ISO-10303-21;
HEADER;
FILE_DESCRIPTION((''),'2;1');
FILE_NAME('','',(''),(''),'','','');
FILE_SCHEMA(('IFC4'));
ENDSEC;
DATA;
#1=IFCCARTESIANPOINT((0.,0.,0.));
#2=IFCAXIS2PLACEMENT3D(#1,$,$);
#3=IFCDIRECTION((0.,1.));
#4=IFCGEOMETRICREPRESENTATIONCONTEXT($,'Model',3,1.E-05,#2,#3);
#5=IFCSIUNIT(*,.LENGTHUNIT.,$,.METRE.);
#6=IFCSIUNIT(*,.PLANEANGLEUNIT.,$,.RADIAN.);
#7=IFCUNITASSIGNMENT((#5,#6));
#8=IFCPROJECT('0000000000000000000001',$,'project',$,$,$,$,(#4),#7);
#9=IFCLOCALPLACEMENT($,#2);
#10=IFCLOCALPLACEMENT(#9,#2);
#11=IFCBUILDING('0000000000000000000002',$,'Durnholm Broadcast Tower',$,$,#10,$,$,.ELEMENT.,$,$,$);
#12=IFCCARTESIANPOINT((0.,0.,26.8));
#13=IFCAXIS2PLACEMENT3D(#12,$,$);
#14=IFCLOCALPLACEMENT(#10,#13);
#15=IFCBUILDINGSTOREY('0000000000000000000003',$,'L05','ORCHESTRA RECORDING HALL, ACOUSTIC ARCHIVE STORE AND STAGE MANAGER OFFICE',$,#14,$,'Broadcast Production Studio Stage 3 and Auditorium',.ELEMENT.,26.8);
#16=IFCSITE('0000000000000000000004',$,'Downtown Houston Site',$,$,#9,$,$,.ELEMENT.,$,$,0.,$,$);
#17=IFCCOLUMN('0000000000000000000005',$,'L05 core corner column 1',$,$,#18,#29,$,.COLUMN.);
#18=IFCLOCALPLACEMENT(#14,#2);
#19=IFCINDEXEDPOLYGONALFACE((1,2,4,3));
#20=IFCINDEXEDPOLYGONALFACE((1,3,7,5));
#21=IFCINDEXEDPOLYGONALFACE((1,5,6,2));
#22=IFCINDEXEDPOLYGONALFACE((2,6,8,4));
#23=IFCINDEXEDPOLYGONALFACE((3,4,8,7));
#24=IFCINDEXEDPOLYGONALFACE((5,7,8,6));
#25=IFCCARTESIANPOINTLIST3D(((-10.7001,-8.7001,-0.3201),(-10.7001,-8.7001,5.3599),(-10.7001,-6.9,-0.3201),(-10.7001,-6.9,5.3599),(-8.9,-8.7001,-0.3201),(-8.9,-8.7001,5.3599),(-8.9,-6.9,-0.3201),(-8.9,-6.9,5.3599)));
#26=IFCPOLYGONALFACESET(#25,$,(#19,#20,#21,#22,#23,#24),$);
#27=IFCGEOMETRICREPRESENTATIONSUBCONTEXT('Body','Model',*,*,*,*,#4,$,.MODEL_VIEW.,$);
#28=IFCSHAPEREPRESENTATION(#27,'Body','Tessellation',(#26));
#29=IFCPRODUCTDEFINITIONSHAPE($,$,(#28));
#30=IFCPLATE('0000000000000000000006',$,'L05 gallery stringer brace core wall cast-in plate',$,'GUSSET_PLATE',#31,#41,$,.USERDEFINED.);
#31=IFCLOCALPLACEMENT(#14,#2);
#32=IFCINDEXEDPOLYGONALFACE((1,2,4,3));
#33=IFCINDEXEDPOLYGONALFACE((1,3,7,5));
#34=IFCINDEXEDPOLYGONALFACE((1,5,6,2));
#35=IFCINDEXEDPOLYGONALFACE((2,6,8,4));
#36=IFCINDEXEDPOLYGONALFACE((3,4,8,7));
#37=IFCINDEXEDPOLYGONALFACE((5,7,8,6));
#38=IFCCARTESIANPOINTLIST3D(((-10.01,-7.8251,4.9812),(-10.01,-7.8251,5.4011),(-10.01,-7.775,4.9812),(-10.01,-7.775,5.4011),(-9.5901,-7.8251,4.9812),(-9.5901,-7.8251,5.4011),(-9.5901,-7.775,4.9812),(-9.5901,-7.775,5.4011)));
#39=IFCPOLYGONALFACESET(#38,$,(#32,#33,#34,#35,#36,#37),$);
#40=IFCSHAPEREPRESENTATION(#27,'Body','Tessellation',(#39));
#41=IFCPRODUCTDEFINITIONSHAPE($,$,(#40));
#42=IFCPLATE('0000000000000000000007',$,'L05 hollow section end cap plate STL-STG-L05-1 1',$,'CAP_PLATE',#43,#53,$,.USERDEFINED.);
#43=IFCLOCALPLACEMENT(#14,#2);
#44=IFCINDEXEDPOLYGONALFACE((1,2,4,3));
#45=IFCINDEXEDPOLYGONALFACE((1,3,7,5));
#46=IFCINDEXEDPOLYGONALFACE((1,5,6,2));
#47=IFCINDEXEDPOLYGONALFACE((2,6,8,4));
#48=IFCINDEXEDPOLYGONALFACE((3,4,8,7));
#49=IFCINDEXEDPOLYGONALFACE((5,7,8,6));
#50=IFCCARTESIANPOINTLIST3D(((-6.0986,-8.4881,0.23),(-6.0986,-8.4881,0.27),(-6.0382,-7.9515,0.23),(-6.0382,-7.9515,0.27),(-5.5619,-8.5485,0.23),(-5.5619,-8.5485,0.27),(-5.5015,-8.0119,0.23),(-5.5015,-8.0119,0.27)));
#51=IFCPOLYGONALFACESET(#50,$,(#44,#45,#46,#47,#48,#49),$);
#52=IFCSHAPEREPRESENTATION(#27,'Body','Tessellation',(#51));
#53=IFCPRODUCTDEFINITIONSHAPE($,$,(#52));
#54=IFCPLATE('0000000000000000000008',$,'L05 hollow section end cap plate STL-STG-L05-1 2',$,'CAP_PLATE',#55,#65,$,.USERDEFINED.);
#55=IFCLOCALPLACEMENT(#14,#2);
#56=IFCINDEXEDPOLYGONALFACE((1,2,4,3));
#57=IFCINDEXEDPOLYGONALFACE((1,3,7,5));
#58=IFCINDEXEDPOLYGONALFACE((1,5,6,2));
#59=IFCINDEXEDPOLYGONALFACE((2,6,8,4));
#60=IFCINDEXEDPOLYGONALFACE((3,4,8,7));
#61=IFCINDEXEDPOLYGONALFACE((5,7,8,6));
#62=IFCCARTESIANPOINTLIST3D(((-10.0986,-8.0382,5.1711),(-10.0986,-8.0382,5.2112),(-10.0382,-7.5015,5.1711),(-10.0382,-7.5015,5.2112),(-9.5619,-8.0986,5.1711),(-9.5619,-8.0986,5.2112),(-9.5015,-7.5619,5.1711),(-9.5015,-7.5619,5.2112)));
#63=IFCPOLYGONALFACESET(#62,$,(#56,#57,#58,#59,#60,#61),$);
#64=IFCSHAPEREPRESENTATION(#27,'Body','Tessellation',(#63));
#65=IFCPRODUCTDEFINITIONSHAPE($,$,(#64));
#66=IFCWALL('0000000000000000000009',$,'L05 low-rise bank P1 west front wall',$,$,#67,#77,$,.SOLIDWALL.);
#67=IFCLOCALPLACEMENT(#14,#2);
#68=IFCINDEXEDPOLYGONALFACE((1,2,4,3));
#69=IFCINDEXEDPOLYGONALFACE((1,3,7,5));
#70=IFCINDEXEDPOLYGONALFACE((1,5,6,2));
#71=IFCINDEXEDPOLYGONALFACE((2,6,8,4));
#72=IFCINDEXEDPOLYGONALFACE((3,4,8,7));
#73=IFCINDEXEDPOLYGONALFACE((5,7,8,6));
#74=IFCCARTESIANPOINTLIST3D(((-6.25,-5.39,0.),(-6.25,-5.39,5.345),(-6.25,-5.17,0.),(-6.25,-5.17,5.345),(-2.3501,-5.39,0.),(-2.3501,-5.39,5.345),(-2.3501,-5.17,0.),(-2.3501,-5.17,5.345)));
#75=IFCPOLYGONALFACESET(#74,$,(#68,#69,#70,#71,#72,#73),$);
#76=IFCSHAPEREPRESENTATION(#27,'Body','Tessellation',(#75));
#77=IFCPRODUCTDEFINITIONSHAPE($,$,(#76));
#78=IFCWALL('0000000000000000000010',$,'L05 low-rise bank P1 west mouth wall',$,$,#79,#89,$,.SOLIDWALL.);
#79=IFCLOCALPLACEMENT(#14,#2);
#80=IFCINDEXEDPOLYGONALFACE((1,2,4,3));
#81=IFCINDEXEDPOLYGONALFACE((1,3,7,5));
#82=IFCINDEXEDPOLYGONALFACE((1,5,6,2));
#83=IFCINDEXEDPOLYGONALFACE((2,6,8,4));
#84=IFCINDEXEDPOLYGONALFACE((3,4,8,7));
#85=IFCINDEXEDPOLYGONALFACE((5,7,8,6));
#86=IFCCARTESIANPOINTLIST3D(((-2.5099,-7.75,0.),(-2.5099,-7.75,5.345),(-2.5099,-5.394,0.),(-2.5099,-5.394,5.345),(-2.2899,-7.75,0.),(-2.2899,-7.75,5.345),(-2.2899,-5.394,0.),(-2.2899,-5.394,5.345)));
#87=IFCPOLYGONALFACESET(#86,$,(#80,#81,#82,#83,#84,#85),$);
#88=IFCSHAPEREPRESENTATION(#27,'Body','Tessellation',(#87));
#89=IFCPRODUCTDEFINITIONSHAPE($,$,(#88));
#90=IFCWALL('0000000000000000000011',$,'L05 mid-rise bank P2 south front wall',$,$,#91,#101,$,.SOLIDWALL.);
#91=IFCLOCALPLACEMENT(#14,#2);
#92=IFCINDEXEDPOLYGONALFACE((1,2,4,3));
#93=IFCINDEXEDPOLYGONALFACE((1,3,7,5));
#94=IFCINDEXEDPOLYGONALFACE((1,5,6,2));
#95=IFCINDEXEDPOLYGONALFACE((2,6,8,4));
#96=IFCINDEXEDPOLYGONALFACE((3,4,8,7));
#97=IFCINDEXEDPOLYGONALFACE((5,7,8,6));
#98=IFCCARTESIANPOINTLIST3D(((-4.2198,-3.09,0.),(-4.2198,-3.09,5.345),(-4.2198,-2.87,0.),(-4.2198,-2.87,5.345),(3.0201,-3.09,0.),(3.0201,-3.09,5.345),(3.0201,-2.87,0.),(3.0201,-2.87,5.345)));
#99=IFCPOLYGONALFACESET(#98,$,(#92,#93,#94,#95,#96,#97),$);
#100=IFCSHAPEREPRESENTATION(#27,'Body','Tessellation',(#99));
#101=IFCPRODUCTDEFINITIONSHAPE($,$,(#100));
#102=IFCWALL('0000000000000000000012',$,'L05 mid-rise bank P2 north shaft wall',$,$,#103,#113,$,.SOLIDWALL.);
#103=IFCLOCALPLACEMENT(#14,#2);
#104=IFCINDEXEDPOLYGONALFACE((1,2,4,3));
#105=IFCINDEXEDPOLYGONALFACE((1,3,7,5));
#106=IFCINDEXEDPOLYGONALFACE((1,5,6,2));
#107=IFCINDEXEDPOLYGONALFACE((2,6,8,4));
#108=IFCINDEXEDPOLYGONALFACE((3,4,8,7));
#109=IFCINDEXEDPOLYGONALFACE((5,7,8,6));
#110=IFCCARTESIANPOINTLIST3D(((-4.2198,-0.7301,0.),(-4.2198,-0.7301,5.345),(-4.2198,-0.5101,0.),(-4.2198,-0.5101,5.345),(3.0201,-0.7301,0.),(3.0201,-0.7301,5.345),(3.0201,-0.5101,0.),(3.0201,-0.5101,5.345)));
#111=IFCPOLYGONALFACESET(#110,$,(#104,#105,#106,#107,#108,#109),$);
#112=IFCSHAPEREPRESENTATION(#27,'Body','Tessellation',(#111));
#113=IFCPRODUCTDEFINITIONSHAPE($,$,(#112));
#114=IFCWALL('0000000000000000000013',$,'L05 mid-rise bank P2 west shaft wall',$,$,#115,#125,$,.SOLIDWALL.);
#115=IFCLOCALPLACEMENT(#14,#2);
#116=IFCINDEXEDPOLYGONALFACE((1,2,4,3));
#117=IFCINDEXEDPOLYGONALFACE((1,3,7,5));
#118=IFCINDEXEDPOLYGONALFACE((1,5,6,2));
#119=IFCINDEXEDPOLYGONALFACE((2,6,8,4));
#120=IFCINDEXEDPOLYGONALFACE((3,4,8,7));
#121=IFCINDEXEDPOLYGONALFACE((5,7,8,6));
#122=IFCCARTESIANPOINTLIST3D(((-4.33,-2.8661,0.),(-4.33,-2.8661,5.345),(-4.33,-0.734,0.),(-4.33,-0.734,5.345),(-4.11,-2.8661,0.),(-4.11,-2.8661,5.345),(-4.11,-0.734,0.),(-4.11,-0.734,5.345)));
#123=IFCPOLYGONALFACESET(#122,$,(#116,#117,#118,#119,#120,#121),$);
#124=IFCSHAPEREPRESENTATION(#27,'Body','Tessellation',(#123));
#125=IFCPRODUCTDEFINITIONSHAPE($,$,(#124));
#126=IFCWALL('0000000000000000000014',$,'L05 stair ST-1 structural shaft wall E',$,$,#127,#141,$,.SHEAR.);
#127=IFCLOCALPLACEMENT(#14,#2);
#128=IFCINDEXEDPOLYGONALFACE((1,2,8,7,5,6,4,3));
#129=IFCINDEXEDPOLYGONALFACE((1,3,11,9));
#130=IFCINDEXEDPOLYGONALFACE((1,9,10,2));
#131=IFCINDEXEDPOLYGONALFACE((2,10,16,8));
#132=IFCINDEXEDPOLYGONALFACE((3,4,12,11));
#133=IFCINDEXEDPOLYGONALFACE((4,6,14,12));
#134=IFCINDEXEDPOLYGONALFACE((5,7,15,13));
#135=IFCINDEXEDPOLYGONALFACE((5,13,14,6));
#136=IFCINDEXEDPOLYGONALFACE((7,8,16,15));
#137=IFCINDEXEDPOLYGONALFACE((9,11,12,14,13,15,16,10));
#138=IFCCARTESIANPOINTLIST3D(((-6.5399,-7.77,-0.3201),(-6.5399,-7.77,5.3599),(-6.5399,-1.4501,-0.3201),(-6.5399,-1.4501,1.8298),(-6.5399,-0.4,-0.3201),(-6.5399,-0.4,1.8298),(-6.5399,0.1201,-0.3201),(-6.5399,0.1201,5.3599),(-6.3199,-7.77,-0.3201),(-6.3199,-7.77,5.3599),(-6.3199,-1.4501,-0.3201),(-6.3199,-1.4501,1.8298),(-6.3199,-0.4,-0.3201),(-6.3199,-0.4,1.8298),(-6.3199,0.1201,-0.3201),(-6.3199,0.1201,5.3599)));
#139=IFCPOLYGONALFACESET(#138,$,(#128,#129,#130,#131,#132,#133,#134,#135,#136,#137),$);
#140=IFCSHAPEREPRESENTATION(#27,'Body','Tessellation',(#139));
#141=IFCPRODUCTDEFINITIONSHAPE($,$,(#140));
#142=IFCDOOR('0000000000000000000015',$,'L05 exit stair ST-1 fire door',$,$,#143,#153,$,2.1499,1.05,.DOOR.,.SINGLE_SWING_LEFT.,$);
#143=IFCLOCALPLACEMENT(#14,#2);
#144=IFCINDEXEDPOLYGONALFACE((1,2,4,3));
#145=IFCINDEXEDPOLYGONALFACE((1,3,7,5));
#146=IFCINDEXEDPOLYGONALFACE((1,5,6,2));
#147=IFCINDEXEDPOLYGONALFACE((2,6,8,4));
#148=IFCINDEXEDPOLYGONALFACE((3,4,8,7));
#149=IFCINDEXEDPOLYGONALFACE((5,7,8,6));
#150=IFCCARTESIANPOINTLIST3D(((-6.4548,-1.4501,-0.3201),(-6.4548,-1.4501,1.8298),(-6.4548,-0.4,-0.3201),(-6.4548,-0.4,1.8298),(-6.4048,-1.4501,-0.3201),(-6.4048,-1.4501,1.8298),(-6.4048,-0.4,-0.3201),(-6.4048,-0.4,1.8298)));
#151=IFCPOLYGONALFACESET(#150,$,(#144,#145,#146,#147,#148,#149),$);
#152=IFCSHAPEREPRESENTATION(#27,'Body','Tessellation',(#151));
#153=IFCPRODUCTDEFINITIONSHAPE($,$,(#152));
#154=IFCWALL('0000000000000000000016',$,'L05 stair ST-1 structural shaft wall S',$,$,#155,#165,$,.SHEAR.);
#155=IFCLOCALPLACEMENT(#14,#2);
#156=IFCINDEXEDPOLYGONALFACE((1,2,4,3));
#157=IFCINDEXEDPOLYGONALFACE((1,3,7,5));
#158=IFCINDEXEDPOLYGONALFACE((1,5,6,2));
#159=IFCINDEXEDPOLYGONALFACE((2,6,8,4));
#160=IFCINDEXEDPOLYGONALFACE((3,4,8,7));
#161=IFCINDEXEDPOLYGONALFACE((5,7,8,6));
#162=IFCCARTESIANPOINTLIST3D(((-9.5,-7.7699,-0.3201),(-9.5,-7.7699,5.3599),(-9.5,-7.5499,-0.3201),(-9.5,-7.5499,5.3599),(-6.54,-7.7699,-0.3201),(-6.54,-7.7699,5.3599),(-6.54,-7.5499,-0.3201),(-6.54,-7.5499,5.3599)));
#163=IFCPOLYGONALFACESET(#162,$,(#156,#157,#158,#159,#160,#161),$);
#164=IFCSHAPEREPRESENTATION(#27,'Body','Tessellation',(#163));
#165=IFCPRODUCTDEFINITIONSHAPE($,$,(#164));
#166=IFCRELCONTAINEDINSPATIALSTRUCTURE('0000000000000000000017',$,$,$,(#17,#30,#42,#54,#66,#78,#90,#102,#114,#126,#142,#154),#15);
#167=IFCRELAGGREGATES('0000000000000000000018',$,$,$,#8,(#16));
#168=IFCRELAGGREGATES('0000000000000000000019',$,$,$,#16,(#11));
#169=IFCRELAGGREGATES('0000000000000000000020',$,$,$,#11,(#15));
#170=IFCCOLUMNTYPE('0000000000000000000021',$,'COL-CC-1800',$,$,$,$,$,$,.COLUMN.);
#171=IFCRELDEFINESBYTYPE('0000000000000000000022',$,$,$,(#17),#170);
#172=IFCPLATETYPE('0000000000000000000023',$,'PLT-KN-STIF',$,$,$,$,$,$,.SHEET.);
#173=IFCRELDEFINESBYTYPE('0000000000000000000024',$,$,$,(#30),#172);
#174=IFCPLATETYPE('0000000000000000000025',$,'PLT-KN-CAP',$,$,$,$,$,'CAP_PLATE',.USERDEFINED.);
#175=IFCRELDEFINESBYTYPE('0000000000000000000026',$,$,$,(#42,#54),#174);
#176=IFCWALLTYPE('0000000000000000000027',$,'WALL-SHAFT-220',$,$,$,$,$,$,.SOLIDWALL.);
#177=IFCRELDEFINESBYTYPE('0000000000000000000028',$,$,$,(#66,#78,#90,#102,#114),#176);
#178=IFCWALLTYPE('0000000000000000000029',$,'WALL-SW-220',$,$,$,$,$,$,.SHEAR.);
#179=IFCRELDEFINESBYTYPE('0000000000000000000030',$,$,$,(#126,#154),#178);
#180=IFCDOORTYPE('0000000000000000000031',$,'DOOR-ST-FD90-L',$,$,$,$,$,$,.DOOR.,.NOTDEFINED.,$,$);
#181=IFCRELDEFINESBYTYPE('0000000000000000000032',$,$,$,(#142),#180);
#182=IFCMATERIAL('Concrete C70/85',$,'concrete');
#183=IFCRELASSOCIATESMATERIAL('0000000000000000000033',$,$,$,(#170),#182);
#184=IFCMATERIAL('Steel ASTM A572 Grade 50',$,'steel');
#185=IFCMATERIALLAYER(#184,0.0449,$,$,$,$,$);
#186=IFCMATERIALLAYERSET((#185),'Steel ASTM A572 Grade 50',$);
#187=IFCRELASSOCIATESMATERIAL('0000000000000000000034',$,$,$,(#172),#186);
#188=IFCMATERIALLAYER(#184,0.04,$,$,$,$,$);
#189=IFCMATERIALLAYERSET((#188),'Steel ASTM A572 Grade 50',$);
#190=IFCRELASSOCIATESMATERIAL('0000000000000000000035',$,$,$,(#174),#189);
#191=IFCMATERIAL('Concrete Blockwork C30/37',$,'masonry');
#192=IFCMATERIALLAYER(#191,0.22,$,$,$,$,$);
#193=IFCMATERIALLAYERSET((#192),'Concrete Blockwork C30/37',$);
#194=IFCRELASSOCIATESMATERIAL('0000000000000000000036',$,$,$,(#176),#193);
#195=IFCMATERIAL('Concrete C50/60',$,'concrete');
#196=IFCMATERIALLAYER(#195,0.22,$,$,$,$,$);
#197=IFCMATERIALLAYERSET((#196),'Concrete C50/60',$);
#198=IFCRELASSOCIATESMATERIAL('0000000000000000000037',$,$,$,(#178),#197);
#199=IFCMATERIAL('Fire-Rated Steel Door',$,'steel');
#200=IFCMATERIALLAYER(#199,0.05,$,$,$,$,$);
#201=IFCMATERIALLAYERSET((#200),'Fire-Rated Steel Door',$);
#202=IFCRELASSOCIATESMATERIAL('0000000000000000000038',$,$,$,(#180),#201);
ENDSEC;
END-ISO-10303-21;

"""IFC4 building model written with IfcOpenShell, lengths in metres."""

from ifc_helpers import new_model, si_unit, direction, frame, frame_2d, origin, origin_2d, place, context, subcontext, project, spatial, rectangle, extrude, source, transform, mapped, material, layer, layer_set, material_profile, profile_set, type_object, type_shapes, element, fill, save


model = new_model("IFC4")

# Units and contexts
model_context = context("Model", 3, precision=1e-05, world=origin(), true_north=direction((0.0, 1.0)))
body_context = subcontext(model_context, "Body", "Model", "MODEL_VIEW")
ifc_project = project(units=[si_unit("LENGTHUNIT", "METRE"), si_unit("PLANEANGLEUNIT", "RADIAN")], contexts=[model_context])

# Site, building, storey
site_placement = place(None, origin())
site = spatial("IfcSite", under=ifc_project, at=site_placement, Name="Downtown Houston Site", CompositionType="ELEMENT", RefElevation=0.0)
building_placement = place(site_placement, origin())
building = spatial("IfcBuilding", under=site, at=building_placement, Name="Durnholm Broadcast Tower", CompositionType="ELEMENT")
storey_placement = place(building_placement, frame((0.0, 0.0, 26.8)))
storey = spatial("IfcBuildingStorey", under=building, at=storey_placement, Name="L05", Description="ORCHESTRA RECORDING HALL, ACOUSTIC ARCHIVE STORE AND STAGE MANAGER OFFICE", LongName="Broadcast Production Studio Stage 3 and Auditorium", CompositionType="ELEMENT", Elevation=26.8)

# Column
ifc_material_1 = material(Name="Concrete C70/85", Category="concrete")
ifc_material_profile = material_profile(ifc_material_1, rectangle(XDim=1.8, YDim=1.8, at=origin_2d()), Name="RC1800X1800")
ifc_profile_set = profile_set([ifc_material_profile], Name="Concrete C70/85")
column_type = type_object("IfcColumnType", Name="COL-CC-1800", PredefinedType="COLUMN", material=ifc_profile_set)
shared_shape_1 = source(origin(), body_context, "Body", "SweptSolid", [
    extrude(rectangle(XDim=1.8, YDim=1.8, at=origin_2d()), origin(), (0.0, 0.0, 1.0), 5.6799),
])
type_shapes(column_type, [shared_shape_1])
column_placement = place(storey_placement, frame((-9.8, -7.8, -0.3201), z_axis=(0.0, 0.0, 1.0), x_axis=(1.0, 0.0, 0.0)))
element("IfcColumn", 1, at=column_placement, inside=storey, type_object=column_type, Name="L05 core corner column 1", PredefinedType="COLUMN", context=body_context, shape_type="MappedRepresentation", body=[
    mapped(shared_shape_1, transform((0.0, 0.0, 0.0), x_axis=(1.0, 0.0, 0.0), y_axis=(0.0, 1.0, 0.0), z_axis=(0.0, 0.0, 1.0), scale=1.0)),
])

# Plates
ifc_material_2 = material(Name="Steel ASTM A572 Grade 50", Category="steel")
ifc_layer_1 = layer(ifc_material_2, 0.0449)
ifc_layer_set_1 = layer_set([ifc_layer_1], Name="Steel ASTM A572 Grade 50")
plate_type_1 = type_object("IfcPlateType", Name="PLT-KN-STIF", PredefinedType="SHEET", material=ifc_layer_set_1)
shared_shape_2 = source(origin(), body_context, "Body", "SweptSolid", [
    extrude(rectangle(XDim=0.4199, YDim=0.05, at=origin_2d()), origin(), (0.0, 0.0, 1.0), 0.4199),
])
type_shapes(plate_type_1, [shared_shape_2])
plate_placement = place(storey_placement, frame((-9.8, -7.8, 4.9812), z_axis=(0.0, 0.0, 1.0), x_axis=(1.0, 0.0, 0.0)))
element("IfcPlate", 2, at=plate_placement, inside=storey, type_object=plate_type_1, Name="L05 gallery stringer brace core wall cast-in plate", ObjectType="GUSSET_PLATE", PredefinedType="USERDEFINED", context=body_context, shape_type="MappedRepresentation", body=[
    mapped(shared_shape_2, transform((0.0, 0.0, 0.0), x_axis=(1.0, 0.0, 0.0), y_axis=(0.0, 1.0, 0.0), z_axis=(0.0, 0.0, 1.0), scale=1.0)),
])
ifc_layer_2 = layer(ifc_material_2, 0.04)
ifc_layer_set_2 = layer_set([ifc_layer_2], Name="Steel ASTM A572 Grade 50")
plate_type_2 = type_object("IfcPlateType", Name="PLT-KN-CAP", ElementType="CAP_PLATE", PredefinedType="USERDEFINED", material=ifc_layer_set_2)
shared_shape_3 = source(origin(), body_context, "Body", "SweptSolid", [
    extrude(rectangle(XDim=0.54, YDim=0.54, at=origin_2d()), origin(), (0.0, 0.0, 1.0), 0.04),
])
type_shapes(plate_type_2, [shared_shape_3])
for number, where, z_axis, x_axis, name in (
    (3, (-5.8, -8.25, 0.23), (0.0, 0.0, 1.0), (-0.993729, 0.111816, 0.0), "L05 hollow section end cap plate STL-STG-L05-1 1"),
    (4, (-9.8, -7.8, 5.1711), (0.0, 0.0, 1.0), (-0.993729, 0.111816, 0.0), "L05 hollow section end cap plate STL-STG-L05-1 2"),
):
    element("IfcPlate", number, at=place(storey_placement, frame(where, z_axis=z_axis, x_axis=x_axis)), inside=storey, type_object=plate_type_2, Name=name, ObjectType="CAP_PLATE", PredefinedType="USERDEFINED", context=body_context, shape_type="MappedRepresentation", body=[
        mapped(shared_shape_3, transform((0.0, 0.0, 0.0), x_axis=(1.0, 0.0, 0.0), y_axis=(0.0, 1.0, 0.0), z_axis=(0.0, 0.0, 1.0), scale=1.0)),
    ])

# Walls
ifc_material_3 = material(Name="Concrete Blockwork C30/37", Category="masonry")
ifc_layer_3 = layer(ifc_material_3, 0.22)
ifc_layer_set_3 = layer_set([ifc_layer_3], Name="Concrete Blockwork C30/37")
wall_type_1 = type_object("IfcWallType", Name="WALL-SHAFT-220", PredefinedType="SOLIDWALL", material=ifc_layer_set_3)
wall_1_placement = place(storey_placement, frame((-6.25, -5.28, 0.0), z_axis=(0.0, 0.0, 1.0), x_axis=(1.0, 0.0, 0.0)))
element("IfcWall", 5, at=wall_1_placement, inside=storey, type_object=wall_type_1, Name="L05 low-rise bank P1 west front wall", PredefinedType="SOLIDWALL", context=body_context, shape_type="SweptSolid", body=[
    extrude(rectangle(XDim=3.8999, YDim=0.22, at=frame_2d((1.95, 0.0))), origin(), (0.0, 0.0, 1.0), 5.345),
])
wall_2_placement = place(storey_placement, frame((-2.3999, -7.75, 0.0), z_axis=(0.0, 0.0, 1.0), x_axis=(0.0, 1.0, 0.0)))
element("IfcWall", 6, at=wall_2_placement, inside=storey, type_object=wall_type_1, Name="L05 low-rise bank P1 west mouth wall", PredefinedType="SOLIDWALL", context=body_context, shape_type="SweptSolid", body=[
    extrude(rectangle(XDim=2.356, YDim=0.22, at=frame_2d((1.178, 0.0))), origin(), (0.0, 0.0, 1.0), 5.345),
])
for number, where, z_axis, x_axis, name in (
    (7, (-4.22, -2.98, 0.0), (0.0, 0.0, 1.0), (1.0, 0.0, 0.0), "L05 mid-rise bank P2 south front wall"),
    (8, (-4.22, -0.6201, 0.0), (0.0, 0.0, 1.0), (1.0, 0.0, 0.0), "L05 mid-rise bank P2 north shaft wall"),
):
    element("IfcWall", number, at=place(storey_placement, frame(where, z_axis=z_axis, x_axis=x_axis)), inside=storey, type_object=wall_type_1, Name=name, PredefinedType="SOLIDWALL", context=body_context, shape_type="SweptSolid", body=[
        extrude(rectangle(XDim=7.24, YDim=0.22, at=frame_2d((3.6201, 0.0))), origin(), (0.0, 0.0, 1.0), 5.345),
    ])
wall_3_placement = place(storey_placement, frame((-4.22, -2.866, 0.0), z_axis=(0.0, 0.0, 1.0), x_axis=(0.0, 1.0, 0.0)))
element("IfcWall", 9, at=wall_3_placement, inside=storey, type_object=wall_type_1, Name="L05 mid-rise bank P2 west shaft wall", PredefinedType="SOLIDWALL", context=body_context, shape_type="SweptSolid", body=[
    extrude(rectangle(XDim=2.1321, YDim=0.22, at=frame_2d((1.0659, 0.0))), origin(), (0.0, 0.0, 1.0), 5.345),
])

# Wall, opening, door
ifc_material_4 = material(Name="Concrete C50/60", Category="concrete")
ifc_layer_4 = layer(ifc_material_4, 0.22)
ifc_layer_set_4 = layer_set([ifc_layer_4], Name="Concrete C50/60")
wall_type_2 = type_object("IfcWallType", Name="WALL-SW-220", PredefinedType="SHEAR", material=ifc_layer_set_4)
wall_4_placement = place(storey_placement, frame((-6.4299, -7.77, -0.3201), z_axis=(0.0, 0.0, 1.0), x_axis=(0.0, 1.0, 0.0)))
wall_4 = element("IfcWall", 10, at=wall_4_placement, inside=storey, type_object=wall_type_2, Name="L05 stair ST-1 structural shaft wall E", PredefinedType="SHEAR", context=body_context, shape_type="SweptSolid", body=[
    extrude(rectangle(XDim=7.8901, YDim=0.22, at=frame_2d((3.9451, 0.0))), origin(), (0.0, 0.0, 1.0), 5.6799),
])
opening_placement = place(wall_4_placement, frame((6.3201, 0.0, 0.0)))
opening = element("IfcOpeningElement", 11, at=opening_placement, cuts=wall_4, PredefinedType="OPENING", context=body_context, shape_type="SweptSolid", body=[
    extrude(rectangle(XDim=1.05, YDim=2.1499, at=frame_2d((0.5249, 1.075))), frame((0.0, 0.1201, 0.0), z_axis=(0.0, -1.0, 0.0), x_axis=(1.0, 0.0, 0.0)), (0.0, 0.0, 1.0), 0.24),
])
ifc_material_5 = material(Name="Fire-Rated Steel Door", Category="steel")
ifc_layer_5 = layer(ifc_material_5, 0.05)
ifc_layer_set_5 = layer_set([ifc_layer_5], Name="Fire-Rated Steel Door")
door_type = type_object("IfcDoorType", Name="DOOR-ST-FD90-L", OperationType="NOTDEFINED", PredefinedType="DOOR", material=ifc_layer_set_5)
shared_shape_4 = source(origin(), body_context, "Body", "SweptSolid", [
    extrude(rectangle(XDim=1.05, YDim=2.1499, at=frame_2d((0.5249, 1.075))), frame((0.0, 0.0249, 0.0), z_axis=(0.0, -1.0, 0.0), x_axis=(1.0, 0.0, 0.0)), (0.0, 0.0, 1.0), 0.05),
])
type_shapes(door_type, [shared_shape_4])
door_placement = place(opening_placement, origin())
door = element("IfcDoor", 12, at=door_placement, inside=storey, type_object=door_type, Name="L05 exit stair ST-1 fire door", OperationType="SINGLE_SWING_LEFT", OverallHeight=2.1499, OverallWidth=1.05, PredefinedType="DOOR", context=body_context, shape_type="MappedRepresentation", body=[
    mapped(shared_shape_4, transform((0.0, 0.0, 0.0), x_axis=(1.0, 0.0, 0.0), y_axis=(0.0, 1.0, 0.0), z_axis=(0.0, 0.0, 1.0), scale=1.0)),
])
fill(opening, door)

# Wall
wall_5_placement = place(storey_placement, frame((-9.5, -7.6599, -0.3201), z_axis=(0.0, 0.0, 1.0), x_axis=(1.0, 0.0, 0.0)))
element("IfcWall", 13, at=wall_5_placement, inside=storey, type_object=wall_type_2, Name="L05 stair ST-1 structural shaft wall S", PredefinedType="SHEAR", context=body_context, shape_type="SweptSolid", body=[
    extrude(rectangle(XDim=2.96, YDim=0.22, at=frame_2d((1.48, 0.0))), origin(), (0.0, 0.0, 1.0), 5.6799),
])

save(model, "model.ifc")
